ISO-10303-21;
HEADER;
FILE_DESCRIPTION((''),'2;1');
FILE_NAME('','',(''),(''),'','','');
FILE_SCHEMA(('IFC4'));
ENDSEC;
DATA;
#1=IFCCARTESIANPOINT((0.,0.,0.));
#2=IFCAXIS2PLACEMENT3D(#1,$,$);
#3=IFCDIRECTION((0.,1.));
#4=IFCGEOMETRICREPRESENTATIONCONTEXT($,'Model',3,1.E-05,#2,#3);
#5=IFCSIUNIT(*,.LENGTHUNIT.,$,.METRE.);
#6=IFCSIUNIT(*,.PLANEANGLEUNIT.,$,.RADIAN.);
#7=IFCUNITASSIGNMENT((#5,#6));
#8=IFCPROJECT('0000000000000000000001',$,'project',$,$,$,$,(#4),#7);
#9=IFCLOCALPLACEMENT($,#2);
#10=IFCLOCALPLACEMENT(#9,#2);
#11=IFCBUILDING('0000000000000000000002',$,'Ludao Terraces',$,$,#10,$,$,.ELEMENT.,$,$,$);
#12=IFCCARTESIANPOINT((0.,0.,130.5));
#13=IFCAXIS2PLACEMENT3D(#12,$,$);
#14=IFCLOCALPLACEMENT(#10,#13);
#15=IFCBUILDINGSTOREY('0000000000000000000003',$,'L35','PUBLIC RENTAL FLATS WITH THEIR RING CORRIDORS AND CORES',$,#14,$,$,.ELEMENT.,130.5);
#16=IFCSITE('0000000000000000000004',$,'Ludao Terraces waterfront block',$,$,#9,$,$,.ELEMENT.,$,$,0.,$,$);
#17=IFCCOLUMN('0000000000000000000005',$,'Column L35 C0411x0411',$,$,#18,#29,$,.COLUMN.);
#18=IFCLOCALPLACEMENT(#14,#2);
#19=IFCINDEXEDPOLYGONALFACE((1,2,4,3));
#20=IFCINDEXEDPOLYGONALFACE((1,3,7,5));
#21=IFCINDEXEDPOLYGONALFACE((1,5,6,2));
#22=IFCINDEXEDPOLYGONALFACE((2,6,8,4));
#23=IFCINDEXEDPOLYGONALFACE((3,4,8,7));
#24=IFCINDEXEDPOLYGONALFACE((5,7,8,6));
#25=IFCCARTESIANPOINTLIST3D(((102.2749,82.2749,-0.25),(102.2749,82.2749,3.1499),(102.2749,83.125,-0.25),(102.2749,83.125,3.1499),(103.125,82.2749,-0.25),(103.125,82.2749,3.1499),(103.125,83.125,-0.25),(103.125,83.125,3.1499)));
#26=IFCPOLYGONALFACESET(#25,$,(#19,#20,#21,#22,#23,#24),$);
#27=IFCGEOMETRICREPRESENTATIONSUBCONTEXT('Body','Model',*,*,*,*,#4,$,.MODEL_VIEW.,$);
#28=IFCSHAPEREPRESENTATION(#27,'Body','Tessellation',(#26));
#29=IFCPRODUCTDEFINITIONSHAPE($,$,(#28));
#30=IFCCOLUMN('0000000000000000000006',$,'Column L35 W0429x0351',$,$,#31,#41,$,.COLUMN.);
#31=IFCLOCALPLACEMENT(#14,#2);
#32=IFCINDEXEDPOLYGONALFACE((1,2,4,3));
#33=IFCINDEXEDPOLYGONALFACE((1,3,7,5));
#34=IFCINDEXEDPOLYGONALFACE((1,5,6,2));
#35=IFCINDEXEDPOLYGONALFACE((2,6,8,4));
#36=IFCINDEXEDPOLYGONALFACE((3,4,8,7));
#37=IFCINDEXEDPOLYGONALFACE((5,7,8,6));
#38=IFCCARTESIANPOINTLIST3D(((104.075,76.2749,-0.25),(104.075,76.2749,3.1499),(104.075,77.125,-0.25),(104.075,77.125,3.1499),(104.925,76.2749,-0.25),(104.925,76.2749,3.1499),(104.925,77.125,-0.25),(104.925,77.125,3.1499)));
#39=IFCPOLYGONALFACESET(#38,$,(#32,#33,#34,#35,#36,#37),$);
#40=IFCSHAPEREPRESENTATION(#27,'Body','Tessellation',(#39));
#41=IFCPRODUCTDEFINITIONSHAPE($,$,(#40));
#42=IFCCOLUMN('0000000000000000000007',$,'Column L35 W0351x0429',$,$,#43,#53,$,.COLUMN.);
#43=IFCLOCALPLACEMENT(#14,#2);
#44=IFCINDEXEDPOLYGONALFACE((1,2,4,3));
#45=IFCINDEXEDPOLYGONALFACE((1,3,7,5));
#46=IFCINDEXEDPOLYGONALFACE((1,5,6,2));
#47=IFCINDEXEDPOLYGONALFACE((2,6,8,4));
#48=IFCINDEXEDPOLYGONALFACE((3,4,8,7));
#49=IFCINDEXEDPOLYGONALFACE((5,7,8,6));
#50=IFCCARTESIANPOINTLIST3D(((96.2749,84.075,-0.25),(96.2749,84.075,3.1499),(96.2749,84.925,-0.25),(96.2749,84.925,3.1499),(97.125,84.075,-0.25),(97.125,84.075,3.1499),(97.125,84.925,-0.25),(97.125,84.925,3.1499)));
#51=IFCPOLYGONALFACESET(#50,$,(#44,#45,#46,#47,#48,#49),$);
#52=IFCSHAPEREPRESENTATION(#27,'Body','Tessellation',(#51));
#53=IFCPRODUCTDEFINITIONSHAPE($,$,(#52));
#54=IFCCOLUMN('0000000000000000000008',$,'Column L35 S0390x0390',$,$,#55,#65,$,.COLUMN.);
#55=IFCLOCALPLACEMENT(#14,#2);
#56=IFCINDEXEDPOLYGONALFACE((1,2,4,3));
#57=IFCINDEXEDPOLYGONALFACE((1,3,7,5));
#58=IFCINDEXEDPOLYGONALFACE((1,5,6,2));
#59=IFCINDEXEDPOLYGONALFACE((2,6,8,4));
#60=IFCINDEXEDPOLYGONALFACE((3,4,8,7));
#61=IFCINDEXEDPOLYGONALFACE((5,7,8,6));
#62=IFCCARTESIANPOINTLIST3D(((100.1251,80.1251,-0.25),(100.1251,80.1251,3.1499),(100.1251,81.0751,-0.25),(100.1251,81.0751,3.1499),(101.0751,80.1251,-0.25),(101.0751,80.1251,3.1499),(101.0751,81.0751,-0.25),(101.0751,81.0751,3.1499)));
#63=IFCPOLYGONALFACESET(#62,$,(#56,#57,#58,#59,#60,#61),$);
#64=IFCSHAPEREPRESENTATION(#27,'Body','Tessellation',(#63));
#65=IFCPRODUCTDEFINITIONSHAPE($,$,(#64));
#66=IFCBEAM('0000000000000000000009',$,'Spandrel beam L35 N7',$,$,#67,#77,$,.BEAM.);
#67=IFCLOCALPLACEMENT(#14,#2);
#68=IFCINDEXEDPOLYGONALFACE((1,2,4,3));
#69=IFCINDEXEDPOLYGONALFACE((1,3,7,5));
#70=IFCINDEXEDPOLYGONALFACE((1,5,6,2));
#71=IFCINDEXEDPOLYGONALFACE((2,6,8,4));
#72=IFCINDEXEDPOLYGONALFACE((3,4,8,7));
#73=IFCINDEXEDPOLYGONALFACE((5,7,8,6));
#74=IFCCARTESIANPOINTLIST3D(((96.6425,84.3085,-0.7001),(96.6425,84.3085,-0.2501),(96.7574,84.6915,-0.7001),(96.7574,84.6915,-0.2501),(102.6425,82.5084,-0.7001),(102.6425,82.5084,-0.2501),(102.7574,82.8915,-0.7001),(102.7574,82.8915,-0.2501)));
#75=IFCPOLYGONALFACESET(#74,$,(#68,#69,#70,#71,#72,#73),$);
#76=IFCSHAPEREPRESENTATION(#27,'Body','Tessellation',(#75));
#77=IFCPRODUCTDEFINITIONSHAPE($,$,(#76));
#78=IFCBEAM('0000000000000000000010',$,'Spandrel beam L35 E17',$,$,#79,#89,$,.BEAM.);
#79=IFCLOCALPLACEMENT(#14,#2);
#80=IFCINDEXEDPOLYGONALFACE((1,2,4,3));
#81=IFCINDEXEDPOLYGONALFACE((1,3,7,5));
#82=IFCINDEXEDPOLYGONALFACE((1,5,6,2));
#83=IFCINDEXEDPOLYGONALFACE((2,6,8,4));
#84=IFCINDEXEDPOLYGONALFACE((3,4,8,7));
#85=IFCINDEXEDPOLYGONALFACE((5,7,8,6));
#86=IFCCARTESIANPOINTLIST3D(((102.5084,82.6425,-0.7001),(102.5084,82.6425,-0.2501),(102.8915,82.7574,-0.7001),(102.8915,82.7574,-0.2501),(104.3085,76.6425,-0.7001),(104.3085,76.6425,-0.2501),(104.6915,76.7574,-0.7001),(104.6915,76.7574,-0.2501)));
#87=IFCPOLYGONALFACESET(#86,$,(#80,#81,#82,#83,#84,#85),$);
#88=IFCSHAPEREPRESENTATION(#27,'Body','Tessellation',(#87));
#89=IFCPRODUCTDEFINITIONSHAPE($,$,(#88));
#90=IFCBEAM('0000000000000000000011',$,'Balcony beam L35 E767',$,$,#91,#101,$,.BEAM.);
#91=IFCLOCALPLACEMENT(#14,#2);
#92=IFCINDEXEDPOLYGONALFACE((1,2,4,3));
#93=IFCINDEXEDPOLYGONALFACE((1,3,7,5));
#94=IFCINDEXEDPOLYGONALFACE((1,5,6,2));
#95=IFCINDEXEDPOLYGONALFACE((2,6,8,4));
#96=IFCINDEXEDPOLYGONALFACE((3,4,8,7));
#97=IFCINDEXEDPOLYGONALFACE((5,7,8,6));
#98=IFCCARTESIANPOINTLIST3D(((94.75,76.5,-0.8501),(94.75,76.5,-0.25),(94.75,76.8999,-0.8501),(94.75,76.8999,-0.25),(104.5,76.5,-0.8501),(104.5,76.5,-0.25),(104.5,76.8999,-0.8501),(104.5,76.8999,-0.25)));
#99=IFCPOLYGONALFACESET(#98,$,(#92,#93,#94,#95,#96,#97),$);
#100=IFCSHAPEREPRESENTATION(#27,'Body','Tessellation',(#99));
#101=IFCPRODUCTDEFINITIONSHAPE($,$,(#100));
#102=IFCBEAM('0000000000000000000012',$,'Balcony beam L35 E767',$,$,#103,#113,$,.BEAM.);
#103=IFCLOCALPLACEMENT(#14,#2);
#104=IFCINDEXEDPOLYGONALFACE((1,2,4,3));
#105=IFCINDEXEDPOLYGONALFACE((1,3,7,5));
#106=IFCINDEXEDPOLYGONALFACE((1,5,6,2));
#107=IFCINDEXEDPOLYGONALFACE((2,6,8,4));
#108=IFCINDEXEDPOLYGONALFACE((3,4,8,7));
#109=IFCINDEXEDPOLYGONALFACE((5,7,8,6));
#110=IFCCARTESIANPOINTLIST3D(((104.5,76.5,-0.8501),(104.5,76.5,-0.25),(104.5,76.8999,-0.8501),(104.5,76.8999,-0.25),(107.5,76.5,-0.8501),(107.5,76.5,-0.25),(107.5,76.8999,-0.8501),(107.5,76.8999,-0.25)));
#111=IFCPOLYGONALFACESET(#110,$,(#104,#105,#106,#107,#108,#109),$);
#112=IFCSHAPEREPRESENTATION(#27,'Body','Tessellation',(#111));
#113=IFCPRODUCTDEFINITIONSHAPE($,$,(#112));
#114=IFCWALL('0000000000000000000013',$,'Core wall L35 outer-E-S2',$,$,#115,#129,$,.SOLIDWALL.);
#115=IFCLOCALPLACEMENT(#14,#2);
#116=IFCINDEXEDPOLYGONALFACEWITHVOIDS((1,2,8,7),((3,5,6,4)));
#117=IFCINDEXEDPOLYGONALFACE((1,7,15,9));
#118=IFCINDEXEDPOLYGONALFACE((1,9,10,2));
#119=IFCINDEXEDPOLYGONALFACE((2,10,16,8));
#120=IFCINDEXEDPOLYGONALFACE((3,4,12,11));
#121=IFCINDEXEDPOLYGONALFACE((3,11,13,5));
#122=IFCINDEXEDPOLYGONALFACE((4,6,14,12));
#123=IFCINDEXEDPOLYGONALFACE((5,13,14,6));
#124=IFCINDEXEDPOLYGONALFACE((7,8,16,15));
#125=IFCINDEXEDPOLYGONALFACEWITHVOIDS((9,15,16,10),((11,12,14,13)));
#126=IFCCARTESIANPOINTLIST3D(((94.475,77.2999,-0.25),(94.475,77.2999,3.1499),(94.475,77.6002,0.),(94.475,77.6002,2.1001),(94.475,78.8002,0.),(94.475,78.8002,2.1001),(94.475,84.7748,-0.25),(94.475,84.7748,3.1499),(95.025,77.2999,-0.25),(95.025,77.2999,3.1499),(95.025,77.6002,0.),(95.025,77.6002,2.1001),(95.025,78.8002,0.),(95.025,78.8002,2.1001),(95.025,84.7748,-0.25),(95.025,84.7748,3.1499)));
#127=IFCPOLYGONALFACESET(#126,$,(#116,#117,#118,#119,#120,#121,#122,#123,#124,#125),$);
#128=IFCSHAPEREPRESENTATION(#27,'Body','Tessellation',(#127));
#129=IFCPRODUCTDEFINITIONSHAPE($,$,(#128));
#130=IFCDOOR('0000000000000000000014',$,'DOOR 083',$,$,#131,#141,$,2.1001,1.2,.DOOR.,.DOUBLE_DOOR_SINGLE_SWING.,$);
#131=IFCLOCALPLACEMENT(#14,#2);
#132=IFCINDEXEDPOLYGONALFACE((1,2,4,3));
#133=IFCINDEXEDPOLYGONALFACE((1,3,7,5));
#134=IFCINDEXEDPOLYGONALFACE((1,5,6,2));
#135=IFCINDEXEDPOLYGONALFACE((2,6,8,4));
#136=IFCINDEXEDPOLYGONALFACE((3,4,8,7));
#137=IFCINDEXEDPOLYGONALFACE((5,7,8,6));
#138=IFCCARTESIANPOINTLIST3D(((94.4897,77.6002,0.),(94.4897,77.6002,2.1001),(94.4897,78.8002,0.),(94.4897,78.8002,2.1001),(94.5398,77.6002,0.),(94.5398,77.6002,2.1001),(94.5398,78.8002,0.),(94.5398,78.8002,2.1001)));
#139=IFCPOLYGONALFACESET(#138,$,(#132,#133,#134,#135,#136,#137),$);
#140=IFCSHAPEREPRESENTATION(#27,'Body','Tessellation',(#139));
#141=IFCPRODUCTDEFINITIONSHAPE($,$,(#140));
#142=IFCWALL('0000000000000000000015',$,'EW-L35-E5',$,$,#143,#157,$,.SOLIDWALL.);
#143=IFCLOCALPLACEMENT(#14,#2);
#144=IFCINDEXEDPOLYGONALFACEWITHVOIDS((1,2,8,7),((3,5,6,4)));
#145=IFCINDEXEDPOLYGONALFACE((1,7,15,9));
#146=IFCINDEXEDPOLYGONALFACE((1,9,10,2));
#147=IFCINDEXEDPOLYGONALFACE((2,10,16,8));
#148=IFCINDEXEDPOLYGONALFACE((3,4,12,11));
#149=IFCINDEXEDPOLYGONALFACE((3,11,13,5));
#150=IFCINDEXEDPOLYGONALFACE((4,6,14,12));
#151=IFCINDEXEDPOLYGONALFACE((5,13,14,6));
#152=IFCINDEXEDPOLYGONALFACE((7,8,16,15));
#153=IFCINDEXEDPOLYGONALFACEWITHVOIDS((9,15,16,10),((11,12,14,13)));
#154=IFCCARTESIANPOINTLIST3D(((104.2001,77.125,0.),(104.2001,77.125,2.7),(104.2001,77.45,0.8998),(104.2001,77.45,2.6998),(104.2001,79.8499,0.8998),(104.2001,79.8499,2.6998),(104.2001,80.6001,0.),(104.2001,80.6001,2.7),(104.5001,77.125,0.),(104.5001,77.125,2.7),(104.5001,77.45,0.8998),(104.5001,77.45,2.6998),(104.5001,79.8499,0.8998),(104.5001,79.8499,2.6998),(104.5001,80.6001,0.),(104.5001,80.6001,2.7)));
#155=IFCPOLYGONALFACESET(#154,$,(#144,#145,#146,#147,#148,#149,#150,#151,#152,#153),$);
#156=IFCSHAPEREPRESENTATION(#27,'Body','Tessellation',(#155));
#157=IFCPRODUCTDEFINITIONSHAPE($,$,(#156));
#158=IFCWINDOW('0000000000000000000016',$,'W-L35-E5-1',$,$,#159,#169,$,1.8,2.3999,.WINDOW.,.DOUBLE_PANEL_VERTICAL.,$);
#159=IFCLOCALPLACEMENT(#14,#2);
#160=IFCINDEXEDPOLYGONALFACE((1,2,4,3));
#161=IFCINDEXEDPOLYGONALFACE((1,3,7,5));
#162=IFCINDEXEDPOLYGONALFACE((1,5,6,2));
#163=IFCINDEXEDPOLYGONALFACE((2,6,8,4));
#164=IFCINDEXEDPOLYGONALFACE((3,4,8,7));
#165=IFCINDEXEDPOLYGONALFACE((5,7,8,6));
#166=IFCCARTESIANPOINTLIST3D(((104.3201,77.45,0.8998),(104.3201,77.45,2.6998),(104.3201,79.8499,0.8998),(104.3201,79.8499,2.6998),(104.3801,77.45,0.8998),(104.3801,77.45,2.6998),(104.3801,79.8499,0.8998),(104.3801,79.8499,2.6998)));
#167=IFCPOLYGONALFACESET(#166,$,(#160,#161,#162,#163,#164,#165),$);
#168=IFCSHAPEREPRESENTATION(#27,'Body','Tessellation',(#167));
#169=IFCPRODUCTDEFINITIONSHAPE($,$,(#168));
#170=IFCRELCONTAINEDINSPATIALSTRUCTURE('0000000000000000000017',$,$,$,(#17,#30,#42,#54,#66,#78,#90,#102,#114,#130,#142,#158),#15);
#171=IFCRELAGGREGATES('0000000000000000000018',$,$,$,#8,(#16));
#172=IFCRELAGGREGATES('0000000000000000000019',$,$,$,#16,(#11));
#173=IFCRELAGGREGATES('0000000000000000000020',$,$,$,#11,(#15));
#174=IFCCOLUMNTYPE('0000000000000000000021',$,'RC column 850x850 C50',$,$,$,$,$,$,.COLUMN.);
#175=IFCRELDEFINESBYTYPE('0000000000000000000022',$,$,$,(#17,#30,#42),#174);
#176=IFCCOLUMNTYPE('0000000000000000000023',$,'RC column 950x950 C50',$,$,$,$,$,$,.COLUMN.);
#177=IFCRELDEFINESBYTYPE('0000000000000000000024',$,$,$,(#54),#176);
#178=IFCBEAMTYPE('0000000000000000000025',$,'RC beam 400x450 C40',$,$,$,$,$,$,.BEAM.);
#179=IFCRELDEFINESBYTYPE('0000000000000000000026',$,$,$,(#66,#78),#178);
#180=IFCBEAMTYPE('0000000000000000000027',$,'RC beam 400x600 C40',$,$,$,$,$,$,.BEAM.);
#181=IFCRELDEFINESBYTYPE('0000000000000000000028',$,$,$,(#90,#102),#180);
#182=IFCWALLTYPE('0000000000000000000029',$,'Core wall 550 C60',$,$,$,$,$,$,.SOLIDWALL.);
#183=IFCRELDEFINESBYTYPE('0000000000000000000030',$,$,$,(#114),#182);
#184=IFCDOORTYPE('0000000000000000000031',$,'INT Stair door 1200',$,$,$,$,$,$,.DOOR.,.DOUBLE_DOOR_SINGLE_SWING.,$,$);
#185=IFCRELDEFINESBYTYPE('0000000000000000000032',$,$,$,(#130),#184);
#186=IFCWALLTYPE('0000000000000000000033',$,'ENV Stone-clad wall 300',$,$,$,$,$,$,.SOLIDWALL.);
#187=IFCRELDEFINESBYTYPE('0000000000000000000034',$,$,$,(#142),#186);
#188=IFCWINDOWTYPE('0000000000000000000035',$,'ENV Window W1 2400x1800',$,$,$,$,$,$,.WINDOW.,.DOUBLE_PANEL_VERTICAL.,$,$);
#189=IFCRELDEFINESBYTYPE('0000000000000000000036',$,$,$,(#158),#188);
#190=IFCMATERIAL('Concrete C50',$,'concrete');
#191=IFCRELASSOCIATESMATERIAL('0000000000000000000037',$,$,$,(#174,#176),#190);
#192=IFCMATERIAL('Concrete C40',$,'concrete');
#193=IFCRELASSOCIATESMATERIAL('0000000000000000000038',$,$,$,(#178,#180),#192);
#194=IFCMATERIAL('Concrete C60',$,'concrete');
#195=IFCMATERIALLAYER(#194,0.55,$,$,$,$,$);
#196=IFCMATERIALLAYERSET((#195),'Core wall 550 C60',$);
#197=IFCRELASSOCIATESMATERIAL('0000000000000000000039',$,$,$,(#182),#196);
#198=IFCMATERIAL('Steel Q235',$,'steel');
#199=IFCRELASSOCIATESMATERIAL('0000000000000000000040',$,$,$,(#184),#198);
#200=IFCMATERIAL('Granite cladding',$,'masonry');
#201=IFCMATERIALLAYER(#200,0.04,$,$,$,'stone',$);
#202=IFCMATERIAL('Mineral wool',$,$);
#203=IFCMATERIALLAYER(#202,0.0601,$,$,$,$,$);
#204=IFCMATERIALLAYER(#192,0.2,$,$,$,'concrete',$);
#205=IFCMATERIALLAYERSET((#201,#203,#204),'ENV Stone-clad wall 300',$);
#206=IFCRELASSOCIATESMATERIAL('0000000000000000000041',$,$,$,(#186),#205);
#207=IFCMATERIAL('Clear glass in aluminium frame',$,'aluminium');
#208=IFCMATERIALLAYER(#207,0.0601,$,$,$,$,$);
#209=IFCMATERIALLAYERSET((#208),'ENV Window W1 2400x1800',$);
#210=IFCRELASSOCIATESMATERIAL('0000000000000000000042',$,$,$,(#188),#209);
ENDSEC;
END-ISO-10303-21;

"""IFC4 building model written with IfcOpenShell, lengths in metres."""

from ifc_helpers import new_model, si_unit, direction, frame, frame_2d, origin, origin_2d, place, context, subcontext, project, spatial, rectangle, extrude, material, layer, layer_set, material_profile, profile_set, type_object, element, fill, save


model = new_model("IFC4")

# Units and contexts
model_context = context("Model", 3, precision=1e-05, world=origin(), true_north=direction((0.0, 1.0)))
body_context = subcontext(model_context, "Body", "Model", "MODEL_VIEW")
ifc_project = project(units=[si_unit("LENGTHUNIT", "METRE"), si_unit("PLANEANGLEUNIT", "RADIAN")], contexts=[model_context])

# Site, building, storey
site_placement = place(None, origin())
site = spatial("IfcSite", under=ifc_project, at=site_placement, Name="Ludao Terraces waterfront block", CompositionType="ELEMENT", RefElevation=0.0)
building_placement = place(site_placement, origin())
building = spatial("IfcBuilding", under=site, at=building_placement, Name="Ludao Terraces", CompositionType="ELEMENT")
storey_placement = place(building_placement, frame((0.0, 0.0, 130.5)))
storey = spatial("IfcBuildingStorey", under=building, at=storey_placement, Name="L35", Description="PUBLIC RENTAL FLATS WITH THEIR RING CORRIDORS AND CORES", CompositionType="ELEMENT", Elevation=130.5)

# Columns
ifc_material_1 = material(Name="Concrete C50", Category="concrete")
ifc_material_profile_1 = material_profile(ifc_material_1, rectangle(XDim=0.8501, YDim=0.8501, at=origin_2d()), Name="850 X 850")
ifc_profile_set_1 = profile_set([ifc_material_profile_1], Name="Concrete C50")
column_type_1 = type_object("IfcColumnType", Name="RC column 850x850 C50", PredefinedType="COLUMN", material=ifc_profile_set_1)
for number, where, z_axis, x_axis, name in (
    (1, (102.7, 82.7, -0.25), (0.0, 0.0, 1.0), (1.0, 0.0, 0.0), "Column L35 C0411x0411"),
    (2, (104.5, 76.7, -0.25), (0.0, 0.0, 1.0), (1.0, 0.0, 0.0), "Column L35 W0429x0351"),
    (3, (96.7, 84.5, -0.25), (0.0, 0.0, 1.0), (1.0, 0.0, 0.0), "Column L35 W0351x0429"),
):
    element("IfcColumn", number, at=place(storey_placement, frame(where, z_axis=z_axis, x_axis=x_axis)), inside=storey, type_object=column_type_1, Name=name, PredefinedType="COLUMN", context=body_context, shape_type="SweptSolid", body=[
        extrude(rectangle(XDim=0.8501, YDim=0.8501, at=origin_2d()), origin(), (0.0, 0.0, 1.0), 3.3999),
    ])
ifc_material_profile_2 = material_profile(ifc_material_1, rectangle(XDim=0.95, YDim=0.95, at=origin_2d()), Name="950 X 950")
ifc_profile_set_2 = profile_set([ifc_material_profile_2], Name="Concrete C50")
column_type_2 = type_object("IfcColumnType", Name="RC column 950x950 C50", PredefinedType="COLUMN", material=ifc_profile_set_2)
column_placement = place(storey_placement, frame((100.6001, 80.6001, -0.25), z_axis=(0.0, 0.0, 1.0), x_axis=(1.0, 0.0, 0.0)))
element("IfcColumn", 4, at=column_placement, inside=storey, type_object=column_type_2, Name="Column L35 S0390x0390", PredefinedType="COLUMN", context=body_context, shape_type="SweptSolid", body=[
    extrude(rectangle(XDim=0.95, YDim=0.95, at=origin_2d()), origin(), (0.0, 0.0, 1.0), 3.3999),
])

# Beams
ifc_material_2 = material(Name="Concrete C40", Category="concrete")
ifc_material_profile_3 = material_profile(ifc_material_2, rectangle(XDim=0.3999, YDim=0.45, at=origin_2d()), Name="400 X 450")
ifc_profile_set_3 = profile_set([ifc_material_profile_3], Name="Concrete C40")
beam_type_1 = type_object("IfcBeamType", Name="RC beam 400x450 C40", PredefinedType="BEAM", material=ifc_profile_set_3)
for number, where, z_axis, x_axis, name in (
    (5, (96.7, 84.5, -0.4751), (0.957824, -0.287355, 0.0), (0.287355, 0.957824, 0.0), "Spandrel beam L35 N7"),
    (6, (104.5, 76.7, -0.4751), (-0.287355, 0.957824, 0.0), (-0.957824, -0.287355, 0.0), "Spandrel beam L35 E17"),
):
    element("IfcBeam", number, at=place(storey_placement, frame(where, z_axis=z_axis, x_axis=x_axis)), inside=storey, type_object=beam_type_1, Name=name, PredefinedType="BEAM", context=body_context, shape_type="SweptSolid", body=[
        extrude(rectangle(XDim=0.3999, YDim=0.45, at=origin_2d()), origin(), (0.0, 0.0, 1.0), 6.2642),
    ])
ifc_material_profile_4 = material_profile(ifc_material_2, rectangle(XDim=0.3999, YDim=0.6001, at=origin_2d()), Name="400 X 600")
ifc_profile_set_4 = profile_set([ifc_material_profile_4], Name="Concrete C40")
beam_type_2 = type_object("IfcBeamType", Name="RC beam 400x600 C40", PredefinedType="BEAM", material=ifc_profile_set_4)
beam_1_placement = place(storey_placement, frame((94.75, 76.7, -0.55), z_axis=(1.0, 0.0, 0.0), x_axis=(0.0, 1.0, 0.0)))
element("IfcBeam", 7, at=beam_1_placement, inside=storey, type_object=beam_type_2, Name="Balcony beam L35 E767", PredefinedType="BEAM", context=body_context, shape_type="SweptSolid", body=[
    extrude(rectangle(XDim=0.3999, YDim=0.6001, at=origin_2d()), origin(), (0.0, 0.0, 1.0), 9.75),
])
beam_2_placement = place(storey_placement, frame((104.5, 76.7, -0.55), z_axis=(1.0, 0.0, 0.0), x_axis=(0.0, 1.0, 0.0)))
element("IfcBeam", 8, at=beam_2_placement, inside=storey, type_object=beam_type_2, Name="Balcony beam L35 E767", PredefinedType="BEAM", context=body_context, shape_type="SweptSolid", body=[
    extrude(rectangle(XDim=0.3999, YDim=0.6001, at=origin_2d()), origin(), (0.0, 0.0, 1.0), 3.0),
])

# Wall, opening, door
ifc_material_3 = material(Name="Concrete C60", Category="concrete")
ifc_layer_1 = layer(ifc_material_3, 0.55)
ifc_layer_set_1 = layer_set([ifc_layer_1], Name="Core wall 550 C60")
wall_type_1 = type_object("IfcWallType", Name="Core wall 550 C60", PredefinedType="SOLIDWALL", material=ifc_layer_set_1)
wall_1_placement = place(storey_placement, frame((94.75, 77.3, -0.25), z_axis=(0.0, 0.0, 1.0), x_axis=(0.0, 1.0, 0.0)))
wall_1 = element("IfcWall", 9, at=wall_1_placement, inside=storey, type_object=wall_type_1, Name="Core wall L35 outer-E-S2", PredefinedType="SOLIDWALL", context=body_context, shape_type="SweptSolid", body=[
    extrude(rectangle(XDim=7.4749, YDim=0.55, at=frame_2d((3.7373, 0.0))), origin(), (0.0, 0.0, 1.0), 3.3999),
])
opening_1_placement = place(wall_1_placement, frame((0.3, 0.0, 0.25)))
opening_1 = element("IfcOpeningElement", 10, at=opening_1_placement, cuts=wall_1, PredefinedType="OPENING", context=body_context, shape_type="SweptSolid", body=[
    extrude(rectangle(XDim=1.2, YDim=2.1001, at=frame_2d((0.6001, 1.05))), frame((0.0, 0.2852, 0.0), z_axis=(0.0, -1.0, 0.0), x_axis=(1.0, 0.0, 0.0)), (0.0, 0.0, 1.0), 0.5701),
])
ifc_material_4 = material(Name="Steel Q235", Category="steel")
door_type_1 = type_object("IfcDoorType", Name="INT Stair door 1200", OperationType="DOUBLE_DOOR_SINGLE_SWING", PredefinedType="DOOR", material=ifc_material_4)
door_1_placement = place(opening_1_placement, origin())
door_1 = element("IfcDoor", 11, at=door_1_placement, inside=storey, type_object=door_type_1, Name="DOOR 083", OperationType="DOUBLE_DOOR_SINGLE_SWING", OverallHeight=2.1001, OverallWidth=1.2, PredefinedType="DOOR", context=body_context, shape_type="SweptSolid", body=[
    extrude(rectangle(XDim=1.2, YDim=2.1001, at=frame_2d((0.6001, 1.05))), frame((0.0, 0.2603, 0.0), z_axis=(0.0, -1.0, 0.0), x_axis=(1.0, 0.0, 0.0)), (0.0, 0.0, 1.0), 0.05),
])
fill(opening_1, door_1)

# Wall, opening, window
ifc_material_5 = material(Name="Granite cladding", Category="masonry")
ifc_layer_2 = layer(ifc_material_5, 0.04, Category="stone")
ifc_material_6 = material(Name="Mineral wool")
ifc_layer_3 = layer(ifc_material_6, 0.0601)
ifc_layer_4 = layer(ifc_material_2, 0.2, Category="concrete")
ifc_layer_set_2 = layer_set([ifc_layer_2, ifc_layer_3, ifc_layer_4], Name="ENV Stone-clad wall 300")
wall_type_2 = type_object("IfcWallType", Name="ENV Stone-clad wall 300", PredefinedType="SOLIDWALL", material=ifc_layer_set_2)
wall_2_placement = place(storey_placement, frame((104.3501, 77.125, 0.0), z_axis=(0.0, 0.0, 1.0), x_axis=(0.0, 1.0, 0.0)))
wall_2 = element("IfcWall", 12, at=wall_2_placement, inside=storey, type_object=wall_type_2, Name="EW-L35-E5", PredefinedType="SOLIDWALL", context=body_context, shape_type="SweptSolid", body=[
    extrude(rectangle(XDim=3.4751, YDim=0.3, at=frame_2d((1.7375, 0.0))), origin(), (0.0, 0.0, 1.0), 2.7),
])
opening_2_placement = place(wall_2_placement, frame((0.325, 0.0, 0.8999)))
opening_2 = element("IfcOpeningElement", 13, at=opening_2_placement, cuts=wall_2, PredefinedType="OPENING", context=body_context, shape_type="SweptSolid", body=[
    extrude(rectangle(XDim=2.3999, YDim=1.8, at=frame_2d((1.2, 0.8999))), frame((0.0, 0.1602, 0.0), z_axis=(0.0, -1.0, 0.0), x_axis=(1.0, 0.0, 0.0)), (0.0, 0.0, 1.0), 0.3201),
])
ifc_material_7 = material(Name="Clear glass in aluminium frame", Category="aluminium")
ifc_layer_5 = layer(ifc_material_7, 0.0601)
ifc_layer_set_3 = layer_set([ifc_layer_5], Name="ENV Window W1 2400x1800")
window_type_1 = type_object("IfcWindowType", Name="ENV Window W1 2400x1800", PartitioningType="DOUBLE_PANEL_VERTICAL", PredefinedType="WINDOW", material=ifc_layer_set_3)
window_1_placement = place(opening_2_placement, origin())
window_1 = element("IfcWindow", 14, at=window_1_placement, inside=storey, type_object=window_type_1, Name="W-L35-E5-1", OverallHeight=1.8, OverallWidth=2.3999, PartitioningType="DOUBLE_PANEL_VERTICAL", PredefinedType="WINDOW", context=body_context, shape_type="SweptSolid", body=[
    extrude(rectangle(XDim=2.3999, YDim=1.8, at=frame_2d((1.2, 0.8999))), frame((0.0, 0.03, 0.0), z_axis=(0.0, -1.0, 0.0), x_axis=(1.0, 0.0, 0.0)), (0.0, 0.0, 1.0), 0.0601),
])
fill(opening_2, window_1)

save(model, "model.ifc")
